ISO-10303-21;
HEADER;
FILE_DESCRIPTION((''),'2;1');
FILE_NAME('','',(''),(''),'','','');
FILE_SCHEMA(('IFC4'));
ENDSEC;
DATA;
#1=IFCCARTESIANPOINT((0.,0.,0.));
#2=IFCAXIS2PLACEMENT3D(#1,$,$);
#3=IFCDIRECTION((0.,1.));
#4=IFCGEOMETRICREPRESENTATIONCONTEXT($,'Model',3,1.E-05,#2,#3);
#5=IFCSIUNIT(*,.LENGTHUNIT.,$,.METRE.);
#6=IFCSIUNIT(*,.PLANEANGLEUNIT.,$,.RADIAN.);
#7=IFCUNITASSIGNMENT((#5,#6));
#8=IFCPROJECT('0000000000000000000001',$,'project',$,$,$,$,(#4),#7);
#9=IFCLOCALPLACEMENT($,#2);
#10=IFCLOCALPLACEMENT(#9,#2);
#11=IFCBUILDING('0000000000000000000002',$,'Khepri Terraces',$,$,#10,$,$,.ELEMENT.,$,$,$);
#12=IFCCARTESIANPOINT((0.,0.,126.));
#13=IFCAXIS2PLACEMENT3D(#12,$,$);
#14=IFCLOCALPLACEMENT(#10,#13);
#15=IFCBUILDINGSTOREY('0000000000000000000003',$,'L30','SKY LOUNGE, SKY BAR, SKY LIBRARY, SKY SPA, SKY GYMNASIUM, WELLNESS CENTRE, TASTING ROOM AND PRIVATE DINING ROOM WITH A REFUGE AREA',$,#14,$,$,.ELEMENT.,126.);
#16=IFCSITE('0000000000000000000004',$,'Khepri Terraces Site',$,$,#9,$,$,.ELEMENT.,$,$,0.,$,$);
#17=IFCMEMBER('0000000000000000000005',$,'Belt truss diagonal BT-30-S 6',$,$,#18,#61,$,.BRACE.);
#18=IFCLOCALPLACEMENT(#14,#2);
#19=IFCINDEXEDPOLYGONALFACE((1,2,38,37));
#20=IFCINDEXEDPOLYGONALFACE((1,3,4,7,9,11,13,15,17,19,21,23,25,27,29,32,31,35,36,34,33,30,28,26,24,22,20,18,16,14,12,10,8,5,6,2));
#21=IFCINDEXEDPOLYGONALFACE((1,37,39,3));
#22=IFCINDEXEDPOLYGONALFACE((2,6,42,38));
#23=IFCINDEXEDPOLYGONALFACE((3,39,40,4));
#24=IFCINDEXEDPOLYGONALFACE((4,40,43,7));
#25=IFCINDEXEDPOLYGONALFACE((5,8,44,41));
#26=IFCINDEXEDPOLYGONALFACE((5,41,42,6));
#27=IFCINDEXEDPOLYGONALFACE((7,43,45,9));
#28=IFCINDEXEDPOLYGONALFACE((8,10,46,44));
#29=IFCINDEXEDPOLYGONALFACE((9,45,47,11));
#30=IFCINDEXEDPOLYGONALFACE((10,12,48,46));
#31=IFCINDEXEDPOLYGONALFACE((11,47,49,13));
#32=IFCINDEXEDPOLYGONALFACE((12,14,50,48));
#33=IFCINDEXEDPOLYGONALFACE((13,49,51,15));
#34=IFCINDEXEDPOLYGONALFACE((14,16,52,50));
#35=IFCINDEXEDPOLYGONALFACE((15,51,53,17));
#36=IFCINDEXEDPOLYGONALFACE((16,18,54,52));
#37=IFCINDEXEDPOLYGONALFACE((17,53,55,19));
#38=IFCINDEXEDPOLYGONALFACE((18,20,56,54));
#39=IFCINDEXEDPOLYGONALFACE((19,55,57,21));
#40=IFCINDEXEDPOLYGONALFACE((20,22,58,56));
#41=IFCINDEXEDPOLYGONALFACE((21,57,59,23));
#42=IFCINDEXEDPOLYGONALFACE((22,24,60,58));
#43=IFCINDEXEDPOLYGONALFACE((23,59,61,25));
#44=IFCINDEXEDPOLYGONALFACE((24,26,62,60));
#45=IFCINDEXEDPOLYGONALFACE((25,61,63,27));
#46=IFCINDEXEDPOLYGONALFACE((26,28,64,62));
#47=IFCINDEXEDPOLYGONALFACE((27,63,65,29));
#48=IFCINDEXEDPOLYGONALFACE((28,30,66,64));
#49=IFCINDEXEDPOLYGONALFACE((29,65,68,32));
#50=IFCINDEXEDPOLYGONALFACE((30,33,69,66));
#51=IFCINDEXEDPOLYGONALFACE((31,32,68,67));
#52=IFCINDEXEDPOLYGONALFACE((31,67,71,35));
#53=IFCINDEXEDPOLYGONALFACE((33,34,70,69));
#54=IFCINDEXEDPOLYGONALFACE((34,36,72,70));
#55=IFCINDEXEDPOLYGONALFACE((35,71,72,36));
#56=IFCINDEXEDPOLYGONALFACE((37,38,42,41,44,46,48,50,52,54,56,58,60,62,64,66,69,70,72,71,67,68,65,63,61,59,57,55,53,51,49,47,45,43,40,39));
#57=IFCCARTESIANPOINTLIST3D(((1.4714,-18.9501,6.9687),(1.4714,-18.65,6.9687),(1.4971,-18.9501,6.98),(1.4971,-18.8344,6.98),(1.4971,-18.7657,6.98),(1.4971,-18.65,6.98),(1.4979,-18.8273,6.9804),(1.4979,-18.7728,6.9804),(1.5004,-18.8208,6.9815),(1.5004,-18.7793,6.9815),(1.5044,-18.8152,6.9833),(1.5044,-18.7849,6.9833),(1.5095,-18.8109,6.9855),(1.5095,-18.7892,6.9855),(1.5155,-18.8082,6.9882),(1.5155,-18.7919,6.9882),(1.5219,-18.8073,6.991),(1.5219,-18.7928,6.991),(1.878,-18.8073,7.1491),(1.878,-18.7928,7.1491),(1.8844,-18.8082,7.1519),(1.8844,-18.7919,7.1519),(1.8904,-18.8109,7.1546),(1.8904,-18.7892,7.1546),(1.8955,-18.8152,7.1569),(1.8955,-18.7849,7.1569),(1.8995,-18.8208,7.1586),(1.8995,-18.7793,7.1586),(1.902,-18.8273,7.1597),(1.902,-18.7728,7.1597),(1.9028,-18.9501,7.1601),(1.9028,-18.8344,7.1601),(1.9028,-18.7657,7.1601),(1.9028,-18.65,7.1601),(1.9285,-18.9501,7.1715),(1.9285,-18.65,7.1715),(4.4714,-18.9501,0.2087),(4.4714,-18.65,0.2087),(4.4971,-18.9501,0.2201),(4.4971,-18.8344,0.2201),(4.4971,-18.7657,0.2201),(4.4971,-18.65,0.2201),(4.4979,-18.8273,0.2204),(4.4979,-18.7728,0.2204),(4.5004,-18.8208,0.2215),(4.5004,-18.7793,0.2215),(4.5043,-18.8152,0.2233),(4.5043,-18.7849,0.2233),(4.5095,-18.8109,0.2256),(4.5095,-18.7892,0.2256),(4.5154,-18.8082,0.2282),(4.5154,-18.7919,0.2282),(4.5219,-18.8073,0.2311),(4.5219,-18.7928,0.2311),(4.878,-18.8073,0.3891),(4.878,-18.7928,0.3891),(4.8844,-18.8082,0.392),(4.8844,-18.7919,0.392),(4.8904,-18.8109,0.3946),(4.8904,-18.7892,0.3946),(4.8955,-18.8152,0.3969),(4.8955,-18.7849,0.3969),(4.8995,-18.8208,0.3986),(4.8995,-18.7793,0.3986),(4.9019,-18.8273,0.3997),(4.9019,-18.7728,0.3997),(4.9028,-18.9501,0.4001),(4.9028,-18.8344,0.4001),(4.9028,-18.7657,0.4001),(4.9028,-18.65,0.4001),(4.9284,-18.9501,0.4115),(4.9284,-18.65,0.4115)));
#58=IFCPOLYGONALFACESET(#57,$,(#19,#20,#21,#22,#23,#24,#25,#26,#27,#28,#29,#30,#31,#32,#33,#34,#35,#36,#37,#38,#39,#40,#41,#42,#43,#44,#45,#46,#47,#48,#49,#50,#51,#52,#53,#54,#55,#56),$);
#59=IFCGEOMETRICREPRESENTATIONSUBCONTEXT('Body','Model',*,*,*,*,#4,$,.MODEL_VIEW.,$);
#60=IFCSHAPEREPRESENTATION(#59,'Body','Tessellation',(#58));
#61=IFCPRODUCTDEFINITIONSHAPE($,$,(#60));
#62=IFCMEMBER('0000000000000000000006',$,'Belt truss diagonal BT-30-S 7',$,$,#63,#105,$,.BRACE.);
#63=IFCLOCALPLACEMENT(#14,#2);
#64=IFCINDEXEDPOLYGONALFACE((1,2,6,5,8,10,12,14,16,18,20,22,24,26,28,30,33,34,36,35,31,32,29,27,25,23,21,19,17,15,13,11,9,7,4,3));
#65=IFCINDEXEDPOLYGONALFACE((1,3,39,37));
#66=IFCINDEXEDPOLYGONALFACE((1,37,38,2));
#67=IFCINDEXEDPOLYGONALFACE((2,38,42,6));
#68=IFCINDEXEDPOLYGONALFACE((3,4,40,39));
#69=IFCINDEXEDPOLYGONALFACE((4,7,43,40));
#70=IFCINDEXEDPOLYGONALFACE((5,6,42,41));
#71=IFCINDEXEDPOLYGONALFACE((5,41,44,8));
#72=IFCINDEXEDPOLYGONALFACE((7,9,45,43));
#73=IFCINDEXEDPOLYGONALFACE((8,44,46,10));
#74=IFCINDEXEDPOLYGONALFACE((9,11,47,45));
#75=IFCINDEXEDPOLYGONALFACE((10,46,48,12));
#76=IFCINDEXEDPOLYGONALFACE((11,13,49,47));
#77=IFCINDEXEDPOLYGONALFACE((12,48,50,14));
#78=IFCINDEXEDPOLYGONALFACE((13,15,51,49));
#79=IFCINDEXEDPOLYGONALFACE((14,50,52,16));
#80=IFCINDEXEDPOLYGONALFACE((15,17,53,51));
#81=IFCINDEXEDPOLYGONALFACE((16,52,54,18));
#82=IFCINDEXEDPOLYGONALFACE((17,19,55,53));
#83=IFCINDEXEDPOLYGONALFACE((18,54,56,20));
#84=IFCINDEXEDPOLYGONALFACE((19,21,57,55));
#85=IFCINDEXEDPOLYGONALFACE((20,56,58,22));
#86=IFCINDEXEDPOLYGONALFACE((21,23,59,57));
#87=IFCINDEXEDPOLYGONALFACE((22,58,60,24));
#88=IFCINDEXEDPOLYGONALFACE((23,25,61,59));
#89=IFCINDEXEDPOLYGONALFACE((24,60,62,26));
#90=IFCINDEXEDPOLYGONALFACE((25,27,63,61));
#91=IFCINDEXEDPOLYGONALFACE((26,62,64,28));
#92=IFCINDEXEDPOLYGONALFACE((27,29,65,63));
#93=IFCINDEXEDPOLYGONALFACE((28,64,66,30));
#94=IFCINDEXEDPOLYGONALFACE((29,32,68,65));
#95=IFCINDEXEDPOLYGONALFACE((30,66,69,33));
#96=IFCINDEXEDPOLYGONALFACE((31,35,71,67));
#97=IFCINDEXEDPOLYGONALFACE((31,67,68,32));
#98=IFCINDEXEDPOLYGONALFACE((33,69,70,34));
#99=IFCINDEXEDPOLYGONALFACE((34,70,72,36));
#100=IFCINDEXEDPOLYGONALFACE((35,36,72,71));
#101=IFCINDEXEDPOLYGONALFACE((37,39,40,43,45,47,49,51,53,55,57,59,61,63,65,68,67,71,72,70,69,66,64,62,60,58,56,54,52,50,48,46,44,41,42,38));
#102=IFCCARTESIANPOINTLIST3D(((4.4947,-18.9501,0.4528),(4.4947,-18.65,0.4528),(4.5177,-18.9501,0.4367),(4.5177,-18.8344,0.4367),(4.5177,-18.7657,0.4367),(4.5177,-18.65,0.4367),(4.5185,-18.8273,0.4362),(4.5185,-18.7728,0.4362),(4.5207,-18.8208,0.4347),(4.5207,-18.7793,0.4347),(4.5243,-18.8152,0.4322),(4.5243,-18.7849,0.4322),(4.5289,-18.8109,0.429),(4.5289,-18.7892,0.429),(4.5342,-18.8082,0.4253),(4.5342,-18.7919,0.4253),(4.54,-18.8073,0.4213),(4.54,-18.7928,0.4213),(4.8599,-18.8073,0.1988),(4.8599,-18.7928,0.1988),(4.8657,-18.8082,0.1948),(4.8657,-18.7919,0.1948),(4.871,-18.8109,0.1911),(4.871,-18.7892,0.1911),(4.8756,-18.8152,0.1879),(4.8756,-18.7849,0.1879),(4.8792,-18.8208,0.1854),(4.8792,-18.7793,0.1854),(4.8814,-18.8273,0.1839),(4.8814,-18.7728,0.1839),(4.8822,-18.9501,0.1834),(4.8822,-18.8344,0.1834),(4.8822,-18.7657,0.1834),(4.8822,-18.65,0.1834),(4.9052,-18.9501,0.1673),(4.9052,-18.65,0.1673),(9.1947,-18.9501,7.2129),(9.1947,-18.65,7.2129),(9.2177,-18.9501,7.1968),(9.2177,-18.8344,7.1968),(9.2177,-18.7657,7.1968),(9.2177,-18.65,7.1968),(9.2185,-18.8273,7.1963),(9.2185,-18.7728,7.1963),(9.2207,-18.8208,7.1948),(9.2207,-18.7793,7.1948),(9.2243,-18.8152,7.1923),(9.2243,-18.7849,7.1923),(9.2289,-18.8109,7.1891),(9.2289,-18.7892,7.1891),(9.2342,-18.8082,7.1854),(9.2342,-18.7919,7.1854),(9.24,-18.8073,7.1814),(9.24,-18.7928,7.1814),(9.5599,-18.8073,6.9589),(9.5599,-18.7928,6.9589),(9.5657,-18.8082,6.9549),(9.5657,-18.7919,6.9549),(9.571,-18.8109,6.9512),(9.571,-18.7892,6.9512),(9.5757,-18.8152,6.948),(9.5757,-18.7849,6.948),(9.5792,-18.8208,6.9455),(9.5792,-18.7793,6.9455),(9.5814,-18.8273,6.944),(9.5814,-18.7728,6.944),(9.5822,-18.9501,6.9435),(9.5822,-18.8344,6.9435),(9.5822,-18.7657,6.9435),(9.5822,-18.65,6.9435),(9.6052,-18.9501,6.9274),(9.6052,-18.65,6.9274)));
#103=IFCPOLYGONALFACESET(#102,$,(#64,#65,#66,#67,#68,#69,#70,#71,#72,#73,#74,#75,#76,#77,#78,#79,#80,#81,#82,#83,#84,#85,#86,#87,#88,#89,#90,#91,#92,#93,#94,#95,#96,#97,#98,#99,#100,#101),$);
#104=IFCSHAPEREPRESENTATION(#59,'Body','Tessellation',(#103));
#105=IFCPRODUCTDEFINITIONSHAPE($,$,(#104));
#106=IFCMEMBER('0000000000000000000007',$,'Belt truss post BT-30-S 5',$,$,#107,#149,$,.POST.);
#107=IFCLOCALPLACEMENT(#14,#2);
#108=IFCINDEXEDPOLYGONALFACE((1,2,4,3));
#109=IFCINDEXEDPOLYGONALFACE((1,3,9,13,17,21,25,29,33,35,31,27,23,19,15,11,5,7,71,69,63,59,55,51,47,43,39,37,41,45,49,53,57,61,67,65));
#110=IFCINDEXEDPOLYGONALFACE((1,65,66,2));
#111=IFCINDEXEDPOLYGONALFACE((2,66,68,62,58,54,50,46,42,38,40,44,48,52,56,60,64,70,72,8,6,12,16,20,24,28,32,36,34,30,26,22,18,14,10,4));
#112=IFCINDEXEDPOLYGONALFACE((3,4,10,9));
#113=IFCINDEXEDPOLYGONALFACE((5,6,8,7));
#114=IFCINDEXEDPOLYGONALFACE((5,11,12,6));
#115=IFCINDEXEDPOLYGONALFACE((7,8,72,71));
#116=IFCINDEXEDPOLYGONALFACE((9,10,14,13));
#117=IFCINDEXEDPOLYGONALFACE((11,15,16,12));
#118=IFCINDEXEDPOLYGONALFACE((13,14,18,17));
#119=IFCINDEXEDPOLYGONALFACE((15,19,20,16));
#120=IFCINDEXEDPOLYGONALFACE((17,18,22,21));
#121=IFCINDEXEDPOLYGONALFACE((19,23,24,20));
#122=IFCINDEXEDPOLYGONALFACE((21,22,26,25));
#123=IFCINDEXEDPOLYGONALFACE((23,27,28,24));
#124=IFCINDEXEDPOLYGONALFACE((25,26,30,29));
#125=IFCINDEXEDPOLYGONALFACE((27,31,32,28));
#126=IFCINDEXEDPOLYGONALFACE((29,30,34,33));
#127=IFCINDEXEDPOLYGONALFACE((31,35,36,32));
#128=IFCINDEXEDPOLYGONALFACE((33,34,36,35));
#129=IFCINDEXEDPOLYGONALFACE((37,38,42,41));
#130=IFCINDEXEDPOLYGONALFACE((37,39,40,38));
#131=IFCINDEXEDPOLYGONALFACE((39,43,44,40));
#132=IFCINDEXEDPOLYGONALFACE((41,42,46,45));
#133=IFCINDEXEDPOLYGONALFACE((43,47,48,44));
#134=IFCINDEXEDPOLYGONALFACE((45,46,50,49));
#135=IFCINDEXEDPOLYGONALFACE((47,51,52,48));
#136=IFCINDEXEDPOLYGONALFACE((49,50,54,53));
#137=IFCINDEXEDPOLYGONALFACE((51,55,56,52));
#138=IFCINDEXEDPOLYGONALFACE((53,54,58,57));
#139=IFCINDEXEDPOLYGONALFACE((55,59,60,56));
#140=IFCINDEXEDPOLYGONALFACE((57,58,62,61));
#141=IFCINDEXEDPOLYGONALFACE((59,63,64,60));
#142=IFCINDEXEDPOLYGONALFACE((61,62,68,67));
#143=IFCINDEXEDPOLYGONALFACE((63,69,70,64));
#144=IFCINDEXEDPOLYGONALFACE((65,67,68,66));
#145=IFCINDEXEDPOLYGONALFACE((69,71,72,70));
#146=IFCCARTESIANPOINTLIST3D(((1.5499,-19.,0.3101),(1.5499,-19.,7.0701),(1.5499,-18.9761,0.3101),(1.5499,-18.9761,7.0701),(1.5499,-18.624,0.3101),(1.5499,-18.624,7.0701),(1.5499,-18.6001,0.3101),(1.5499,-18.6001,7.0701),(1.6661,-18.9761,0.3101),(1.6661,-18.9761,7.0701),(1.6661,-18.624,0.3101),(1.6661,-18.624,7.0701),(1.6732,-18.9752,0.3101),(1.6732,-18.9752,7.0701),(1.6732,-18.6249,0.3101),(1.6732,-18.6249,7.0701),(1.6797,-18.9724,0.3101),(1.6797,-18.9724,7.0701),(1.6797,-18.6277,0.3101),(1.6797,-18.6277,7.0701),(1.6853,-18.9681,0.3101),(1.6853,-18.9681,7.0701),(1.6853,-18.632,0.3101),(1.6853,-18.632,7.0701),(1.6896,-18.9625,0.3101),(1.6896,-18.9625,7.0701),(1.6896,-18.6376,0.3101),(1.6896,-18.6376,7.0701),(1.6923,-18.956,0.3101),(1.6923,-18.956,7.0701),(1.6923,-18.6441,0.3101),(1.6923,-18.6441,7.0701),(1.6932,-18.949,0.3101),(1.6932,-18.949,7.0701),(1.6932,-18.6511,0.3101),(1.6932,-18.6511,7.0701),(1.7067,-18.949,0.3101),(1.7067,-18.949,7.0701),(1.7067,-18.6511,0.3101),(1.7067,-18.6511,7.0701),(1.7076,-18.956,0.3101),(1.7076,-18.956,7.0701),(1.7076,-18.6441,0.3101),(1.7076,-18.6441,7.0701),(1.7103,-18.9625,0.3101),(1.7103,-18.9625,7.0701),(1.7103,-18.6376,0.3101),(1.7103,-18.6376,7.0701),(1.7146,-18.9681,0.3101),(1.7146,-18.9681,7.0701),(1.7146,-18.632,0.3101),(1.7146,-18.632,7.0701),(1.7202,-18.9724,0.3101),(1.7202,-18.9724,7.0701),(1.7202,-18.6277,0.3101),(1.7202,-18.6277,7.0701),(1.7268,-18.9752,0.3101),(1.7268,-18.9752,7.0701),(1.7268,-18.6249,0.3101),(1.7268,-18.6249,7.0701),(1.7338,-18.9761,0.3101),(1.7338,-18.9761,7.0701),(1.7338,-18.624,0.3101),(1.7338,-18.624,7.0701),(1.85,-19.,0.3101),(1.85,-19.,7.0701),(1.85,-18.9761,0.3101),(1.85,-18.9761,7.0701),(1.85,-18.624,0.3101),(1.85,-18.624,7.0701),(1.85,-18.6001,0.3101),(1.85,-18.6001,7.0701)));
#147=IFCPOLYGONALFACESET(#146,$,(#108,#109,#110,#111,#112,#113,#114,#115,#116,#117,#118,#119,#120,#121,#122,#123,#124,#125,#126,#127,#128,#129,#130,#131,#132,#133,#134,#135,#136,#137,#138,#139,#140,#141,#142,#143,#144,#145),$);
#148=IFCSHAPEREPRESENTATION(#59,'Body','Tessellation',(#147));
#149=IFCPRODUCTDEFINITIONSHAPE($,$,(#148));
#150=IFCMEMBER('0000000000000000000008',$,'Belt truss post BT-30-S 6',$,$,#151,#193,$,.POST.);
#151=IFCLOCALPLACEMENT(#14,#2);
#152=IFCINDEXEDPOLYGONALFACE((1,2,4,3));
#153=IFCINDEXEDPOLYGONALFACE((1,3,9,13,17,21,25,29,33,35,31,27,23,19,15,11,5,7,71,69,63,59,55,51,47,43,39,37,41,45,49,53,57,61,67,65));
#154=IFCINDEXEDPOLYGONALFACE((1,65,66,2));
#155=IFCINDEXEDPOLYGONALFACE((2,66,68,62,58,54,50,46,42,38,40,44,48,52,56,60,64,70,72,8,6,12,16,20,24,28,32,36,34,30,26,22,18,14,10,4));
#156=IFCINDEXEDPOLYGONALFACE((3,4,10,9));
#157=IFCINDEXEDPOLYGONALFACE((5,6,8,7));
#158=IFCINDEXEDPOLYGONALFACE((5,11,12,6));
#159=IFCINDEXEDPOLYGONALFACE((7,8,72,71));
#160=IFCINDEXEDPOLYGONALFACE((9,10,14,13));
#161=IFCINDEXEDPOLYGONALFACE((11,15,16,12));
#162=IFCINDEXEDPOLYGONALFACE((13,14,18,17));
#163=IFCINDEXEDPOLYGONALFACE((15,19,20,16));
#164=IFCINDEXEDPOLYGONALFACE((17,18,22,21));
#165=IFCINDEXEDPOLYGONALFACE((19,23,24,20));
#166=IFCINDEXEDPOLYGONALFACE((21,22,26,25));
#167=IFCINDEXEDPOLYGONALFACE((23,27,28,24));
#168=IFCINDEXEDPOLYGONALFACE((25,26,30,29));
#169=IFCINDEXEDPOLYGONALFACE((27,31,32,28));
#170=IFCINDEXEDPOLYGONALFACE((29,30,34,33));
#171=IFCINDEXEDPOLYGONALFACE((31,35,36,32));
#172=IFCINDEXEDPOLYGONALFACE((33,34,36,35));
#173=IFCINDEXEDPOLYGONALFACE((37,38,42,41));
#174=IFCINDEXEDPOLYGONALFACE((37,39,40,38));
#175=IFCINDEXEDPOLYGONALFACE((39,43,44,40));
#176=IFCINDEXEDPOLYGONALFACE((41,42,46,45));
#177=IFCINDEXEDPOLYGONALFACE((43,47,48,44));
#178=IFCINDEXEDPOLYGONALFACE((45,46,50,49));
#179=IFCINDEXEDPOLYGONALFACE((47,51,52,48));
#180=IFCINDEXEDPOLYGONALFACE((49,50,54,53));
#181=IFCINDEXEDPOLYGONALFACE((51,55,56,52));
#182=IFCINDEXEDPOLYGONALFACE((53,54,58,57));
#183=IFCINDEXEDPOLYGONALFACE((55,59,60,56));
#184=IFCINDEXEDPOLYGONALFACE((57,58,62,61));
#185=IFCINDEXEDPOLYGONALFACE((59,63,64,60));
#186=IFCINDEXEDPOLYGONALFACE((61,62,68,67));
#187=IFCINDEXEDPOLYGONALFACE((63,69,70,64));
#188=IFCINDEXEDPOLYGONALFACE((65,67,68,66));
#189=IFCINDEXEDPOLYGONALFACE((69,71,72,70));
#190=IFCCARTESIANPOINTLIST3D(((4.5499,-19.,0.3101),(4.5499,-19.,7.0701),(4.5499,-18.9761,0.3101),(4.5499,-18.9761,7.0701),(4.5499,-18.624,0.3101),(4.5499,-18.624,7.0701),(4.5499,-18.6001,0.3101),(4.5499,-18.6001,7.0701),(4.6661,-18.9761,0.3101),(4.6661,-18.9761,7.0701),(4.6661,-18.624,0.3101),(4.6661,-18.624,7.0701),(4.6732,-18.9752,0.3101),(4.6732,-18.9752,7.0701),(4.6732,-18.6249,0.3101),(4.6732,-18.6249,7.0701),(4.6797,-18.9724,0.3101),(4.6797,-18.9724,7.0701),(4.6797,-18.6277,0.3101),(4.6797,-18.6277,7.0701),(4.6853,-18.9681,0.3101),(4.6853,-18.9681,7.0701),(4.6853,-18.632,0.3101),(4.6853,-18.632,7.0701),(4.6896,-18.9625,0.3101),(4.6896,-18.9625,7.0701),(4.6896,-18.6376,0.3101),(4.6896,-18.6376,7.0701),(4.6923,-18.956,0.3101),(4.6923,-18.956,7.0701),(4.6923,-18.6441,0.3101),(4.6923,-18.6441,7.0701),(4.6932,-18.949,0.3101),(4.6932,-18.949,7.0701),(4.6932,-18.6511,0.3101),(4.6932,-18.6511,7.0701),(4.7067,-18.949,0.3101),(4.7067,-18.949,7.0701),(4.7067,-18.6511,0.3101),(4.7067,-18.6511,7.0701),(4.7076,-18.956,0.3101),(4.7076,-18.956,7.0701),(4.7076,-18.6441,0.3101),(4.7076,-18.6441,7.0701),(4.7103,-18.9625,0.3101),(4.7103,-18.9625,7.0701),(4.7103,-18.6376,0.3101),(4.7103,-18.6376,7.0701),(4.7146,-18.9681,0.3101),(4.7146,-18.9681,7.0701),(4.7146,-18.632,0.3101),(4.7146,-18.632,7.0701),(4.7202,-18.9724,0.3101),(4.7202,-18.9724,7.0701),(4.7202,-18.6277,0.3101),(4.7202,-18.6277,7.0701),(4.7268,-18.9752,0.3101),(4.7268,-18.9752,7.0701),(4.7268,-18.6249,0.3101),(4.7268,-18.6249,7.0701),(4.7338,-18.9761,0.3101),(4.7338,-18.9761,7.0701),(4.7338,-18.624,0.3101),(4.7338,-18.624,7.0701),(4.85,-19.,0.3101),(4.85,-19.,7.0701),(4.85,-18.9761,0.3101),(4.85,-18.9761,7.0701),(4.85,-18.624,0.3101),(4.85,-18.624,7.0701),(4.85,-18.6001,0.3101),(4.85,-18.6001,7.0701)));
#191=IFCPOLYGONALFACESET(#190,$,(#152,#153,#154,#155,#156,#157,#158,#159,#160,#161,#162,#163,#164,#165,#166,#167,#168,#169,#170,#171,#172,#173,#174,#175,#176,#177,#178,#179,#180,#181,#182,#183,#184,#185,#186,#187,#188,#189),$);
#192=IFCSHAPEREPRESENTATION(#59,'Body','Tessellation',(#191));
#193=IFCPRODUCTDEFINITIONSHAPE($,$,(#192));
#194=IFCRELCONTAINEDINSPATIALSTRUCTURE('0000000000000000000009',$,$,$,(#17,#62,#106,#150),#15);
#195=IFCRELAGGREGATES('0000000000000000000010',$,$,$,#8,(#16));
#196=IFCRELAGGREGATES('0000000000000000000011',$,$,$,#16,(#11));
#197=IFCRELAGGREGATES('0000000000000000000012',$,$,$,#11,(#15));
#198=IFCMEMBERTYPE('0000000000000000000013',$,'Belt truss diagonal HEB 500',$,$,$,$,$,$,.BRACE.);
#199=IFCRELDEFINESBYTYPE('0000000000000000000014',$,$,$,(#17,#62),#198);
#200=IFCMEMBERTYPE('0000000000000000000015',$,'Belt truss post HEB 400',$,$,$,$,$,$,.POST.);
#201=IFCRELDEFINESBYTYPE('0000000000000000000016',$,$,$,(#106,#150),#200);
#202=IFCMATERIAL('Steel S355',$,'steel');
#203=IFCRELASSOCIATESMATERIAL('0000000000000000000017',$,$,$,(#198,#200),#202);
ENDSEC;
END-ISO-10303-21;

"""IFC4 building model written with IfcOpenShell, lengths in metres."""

from ifc_helpers import new_model, si_unit, direction, frame, origin, origin_2d, place, context, subcontext, project, spatial, i_section, extrude, material, material_profile, profile_set, type_object, element, save


model = new_model("IFC4")

# Units and contexts
model_context = context("Model", 3, precision=1e-05, world=origin(), true_north=direction((0.0, 1.0)))
body_context = subcontext(model_context, "Body", "Model", "MODEL_VIEW")
ifc_project = project(units=[si_unit("LENGTHUNIT", "METRE"), si_unit("PLANEANGLEUNIT", "RADIAN")], contexts=[model_context])

# Site, building, storey
site_placement = place(None, origin())
site = spatial("IfcSite", under=ifc_project, at=site_placement, Name="Khepri Terraces Site", CompositionType="ELEMENT", RefElevation=0.0)
building_placement = place(site_placement, origin())
building = spatial("IfcBuilding", under=site, at=building_placement, Name="Khepri Terraces", CompositionType="ELEMENT")
storey_placement = place(building_placement, frame((0.0, 0.0, 126.0)))
storey = spatial("IfcBuildingStorey", under=building, at=storey_placement, Name="L30", Description="SKY LOUNGE, SKY BAR, SKY LIBRARY, SKY SPA, SKY GYMNASIUM, WELLNESS CENTRE, TASTING ROOM AND PRIVATE DINING ROOM WITH A REFUGE AREA", CompositionType="ELEMENT", Elevation=126.0)

# Members
ifc_material_1 = material(Name="Steel S355", Category="steel")
ifc_material_profile_1 = material_profile(ifc_material_1, i_section(OverallWidth=0.3, OverallDepth=0.5, WebThickness=0.0144, FlangeThickness=0.0281, FilletRadius=0.0271, at=origin_2d()), Name="Steel S355", Category="steel")
ifc_profile_set_1 = profile_set([ifc_material_profile_1], Name="Steel S355")
member_type_1 = type_object("IfcMemberType", Name="Belt truss diagonal HEB 500", PredefinedType="BRACE", material=ifc_profile_set_1)
member_1_placement = place(storey_placement, frame((1.7, -18.8, 7.0701), z_axis=(0.405636, 0.0, -0.914035), x_axis=(0.0, 1.0, 0.0)))
element("IfcMember", 1, at=member_1_placement, inside=storey, type_object=member_type_1, Name="Belt truss diagonal BT-30-S 6", PredefinedType="BRACE", context=body_context, shape_type="SweptSolid", body=[
    extrude(i_section(OverallWidth=0.3, OverallDepth=0.5, WebThickness=0.0144, FlangeThickness=0.0281, FilletRadius=0.0271, at=origin_2d()), origin(), (0.0, 0.0, 1.0), 7.3958),
])
member_2_placement = place(storey_placement, frame((4.7, -18.8, 0.3101), z_axis=(0.570846, 0.0, 0.821057), x_axis=(0.0, 1.0, 0.0)))
element("IfcMember", 2, at=member_2_placement, inside=storey, type_object=member_type_1, Name="Belt truss diagonal BT-30-S 7", PredefinedType="BRACE", context=body_context, shape_type="SweptSolid", body=[
    extrude(i_section(OverallWidth=0.3, OverallDepth=0.5, WebThickness=0.0144, FlangeThickness=0.0281, FilletRadius=0.0271, at=origin_2d()), origin(), (0.0, 0.0, 1.0), 8.2334),
])
ifc_material_profile_2 = material_profile(ifc_material_1, i_section(OverallWidth=0.3, OverallDepth=0.3999, WebThickness=0.0134, FlangeThickness=0.0239, FilletRadius=0.0271, at=origin_2d()), Name="Steel S355", Category="steel")
ifc_profile_set_2 = profile_set([ifc_material_profile_2], Name="Steel S355")
member_type_2 = type_object("IfcMemberType", Name="Belt truss post HEB 400", PredefinedType="POST", material=ifc_profile_set_2)
for number, where, z_axis, x_axis, name in (
    (3, (1.7, -18.8, 0.3101), (0.0, 0.0, 1.0), (1.0, 0.0, 0.0), "Belt truss post BT-30-S 5"),
    (4, (4.7, -18.8, 0.3101), (0.0, 0.0, 1.0), (1.0, 0.0, 0.0), "Belt truss post BT-30-S 6"),
):
    element("IfcMember", number, at=place(storey_placement, frame(where, z_axis=z_axis, x_axis=x_axis)), inside=storey, type_object=member_type_2, Name=name, PredefinedType="POST", context=body_context, shape_type="SweptSolid", body=[
        extrude(i_section(OverallWidth=0.3, OverallDepth=0.3999, WebThickness=0.0134, FlangeThickness=0.0239, FilletRadius=0.0271, at=origin_2d()), origin(), (0.0, 0.0, 1.0), 6.76),
    ])

save(model, "model.ifc")
